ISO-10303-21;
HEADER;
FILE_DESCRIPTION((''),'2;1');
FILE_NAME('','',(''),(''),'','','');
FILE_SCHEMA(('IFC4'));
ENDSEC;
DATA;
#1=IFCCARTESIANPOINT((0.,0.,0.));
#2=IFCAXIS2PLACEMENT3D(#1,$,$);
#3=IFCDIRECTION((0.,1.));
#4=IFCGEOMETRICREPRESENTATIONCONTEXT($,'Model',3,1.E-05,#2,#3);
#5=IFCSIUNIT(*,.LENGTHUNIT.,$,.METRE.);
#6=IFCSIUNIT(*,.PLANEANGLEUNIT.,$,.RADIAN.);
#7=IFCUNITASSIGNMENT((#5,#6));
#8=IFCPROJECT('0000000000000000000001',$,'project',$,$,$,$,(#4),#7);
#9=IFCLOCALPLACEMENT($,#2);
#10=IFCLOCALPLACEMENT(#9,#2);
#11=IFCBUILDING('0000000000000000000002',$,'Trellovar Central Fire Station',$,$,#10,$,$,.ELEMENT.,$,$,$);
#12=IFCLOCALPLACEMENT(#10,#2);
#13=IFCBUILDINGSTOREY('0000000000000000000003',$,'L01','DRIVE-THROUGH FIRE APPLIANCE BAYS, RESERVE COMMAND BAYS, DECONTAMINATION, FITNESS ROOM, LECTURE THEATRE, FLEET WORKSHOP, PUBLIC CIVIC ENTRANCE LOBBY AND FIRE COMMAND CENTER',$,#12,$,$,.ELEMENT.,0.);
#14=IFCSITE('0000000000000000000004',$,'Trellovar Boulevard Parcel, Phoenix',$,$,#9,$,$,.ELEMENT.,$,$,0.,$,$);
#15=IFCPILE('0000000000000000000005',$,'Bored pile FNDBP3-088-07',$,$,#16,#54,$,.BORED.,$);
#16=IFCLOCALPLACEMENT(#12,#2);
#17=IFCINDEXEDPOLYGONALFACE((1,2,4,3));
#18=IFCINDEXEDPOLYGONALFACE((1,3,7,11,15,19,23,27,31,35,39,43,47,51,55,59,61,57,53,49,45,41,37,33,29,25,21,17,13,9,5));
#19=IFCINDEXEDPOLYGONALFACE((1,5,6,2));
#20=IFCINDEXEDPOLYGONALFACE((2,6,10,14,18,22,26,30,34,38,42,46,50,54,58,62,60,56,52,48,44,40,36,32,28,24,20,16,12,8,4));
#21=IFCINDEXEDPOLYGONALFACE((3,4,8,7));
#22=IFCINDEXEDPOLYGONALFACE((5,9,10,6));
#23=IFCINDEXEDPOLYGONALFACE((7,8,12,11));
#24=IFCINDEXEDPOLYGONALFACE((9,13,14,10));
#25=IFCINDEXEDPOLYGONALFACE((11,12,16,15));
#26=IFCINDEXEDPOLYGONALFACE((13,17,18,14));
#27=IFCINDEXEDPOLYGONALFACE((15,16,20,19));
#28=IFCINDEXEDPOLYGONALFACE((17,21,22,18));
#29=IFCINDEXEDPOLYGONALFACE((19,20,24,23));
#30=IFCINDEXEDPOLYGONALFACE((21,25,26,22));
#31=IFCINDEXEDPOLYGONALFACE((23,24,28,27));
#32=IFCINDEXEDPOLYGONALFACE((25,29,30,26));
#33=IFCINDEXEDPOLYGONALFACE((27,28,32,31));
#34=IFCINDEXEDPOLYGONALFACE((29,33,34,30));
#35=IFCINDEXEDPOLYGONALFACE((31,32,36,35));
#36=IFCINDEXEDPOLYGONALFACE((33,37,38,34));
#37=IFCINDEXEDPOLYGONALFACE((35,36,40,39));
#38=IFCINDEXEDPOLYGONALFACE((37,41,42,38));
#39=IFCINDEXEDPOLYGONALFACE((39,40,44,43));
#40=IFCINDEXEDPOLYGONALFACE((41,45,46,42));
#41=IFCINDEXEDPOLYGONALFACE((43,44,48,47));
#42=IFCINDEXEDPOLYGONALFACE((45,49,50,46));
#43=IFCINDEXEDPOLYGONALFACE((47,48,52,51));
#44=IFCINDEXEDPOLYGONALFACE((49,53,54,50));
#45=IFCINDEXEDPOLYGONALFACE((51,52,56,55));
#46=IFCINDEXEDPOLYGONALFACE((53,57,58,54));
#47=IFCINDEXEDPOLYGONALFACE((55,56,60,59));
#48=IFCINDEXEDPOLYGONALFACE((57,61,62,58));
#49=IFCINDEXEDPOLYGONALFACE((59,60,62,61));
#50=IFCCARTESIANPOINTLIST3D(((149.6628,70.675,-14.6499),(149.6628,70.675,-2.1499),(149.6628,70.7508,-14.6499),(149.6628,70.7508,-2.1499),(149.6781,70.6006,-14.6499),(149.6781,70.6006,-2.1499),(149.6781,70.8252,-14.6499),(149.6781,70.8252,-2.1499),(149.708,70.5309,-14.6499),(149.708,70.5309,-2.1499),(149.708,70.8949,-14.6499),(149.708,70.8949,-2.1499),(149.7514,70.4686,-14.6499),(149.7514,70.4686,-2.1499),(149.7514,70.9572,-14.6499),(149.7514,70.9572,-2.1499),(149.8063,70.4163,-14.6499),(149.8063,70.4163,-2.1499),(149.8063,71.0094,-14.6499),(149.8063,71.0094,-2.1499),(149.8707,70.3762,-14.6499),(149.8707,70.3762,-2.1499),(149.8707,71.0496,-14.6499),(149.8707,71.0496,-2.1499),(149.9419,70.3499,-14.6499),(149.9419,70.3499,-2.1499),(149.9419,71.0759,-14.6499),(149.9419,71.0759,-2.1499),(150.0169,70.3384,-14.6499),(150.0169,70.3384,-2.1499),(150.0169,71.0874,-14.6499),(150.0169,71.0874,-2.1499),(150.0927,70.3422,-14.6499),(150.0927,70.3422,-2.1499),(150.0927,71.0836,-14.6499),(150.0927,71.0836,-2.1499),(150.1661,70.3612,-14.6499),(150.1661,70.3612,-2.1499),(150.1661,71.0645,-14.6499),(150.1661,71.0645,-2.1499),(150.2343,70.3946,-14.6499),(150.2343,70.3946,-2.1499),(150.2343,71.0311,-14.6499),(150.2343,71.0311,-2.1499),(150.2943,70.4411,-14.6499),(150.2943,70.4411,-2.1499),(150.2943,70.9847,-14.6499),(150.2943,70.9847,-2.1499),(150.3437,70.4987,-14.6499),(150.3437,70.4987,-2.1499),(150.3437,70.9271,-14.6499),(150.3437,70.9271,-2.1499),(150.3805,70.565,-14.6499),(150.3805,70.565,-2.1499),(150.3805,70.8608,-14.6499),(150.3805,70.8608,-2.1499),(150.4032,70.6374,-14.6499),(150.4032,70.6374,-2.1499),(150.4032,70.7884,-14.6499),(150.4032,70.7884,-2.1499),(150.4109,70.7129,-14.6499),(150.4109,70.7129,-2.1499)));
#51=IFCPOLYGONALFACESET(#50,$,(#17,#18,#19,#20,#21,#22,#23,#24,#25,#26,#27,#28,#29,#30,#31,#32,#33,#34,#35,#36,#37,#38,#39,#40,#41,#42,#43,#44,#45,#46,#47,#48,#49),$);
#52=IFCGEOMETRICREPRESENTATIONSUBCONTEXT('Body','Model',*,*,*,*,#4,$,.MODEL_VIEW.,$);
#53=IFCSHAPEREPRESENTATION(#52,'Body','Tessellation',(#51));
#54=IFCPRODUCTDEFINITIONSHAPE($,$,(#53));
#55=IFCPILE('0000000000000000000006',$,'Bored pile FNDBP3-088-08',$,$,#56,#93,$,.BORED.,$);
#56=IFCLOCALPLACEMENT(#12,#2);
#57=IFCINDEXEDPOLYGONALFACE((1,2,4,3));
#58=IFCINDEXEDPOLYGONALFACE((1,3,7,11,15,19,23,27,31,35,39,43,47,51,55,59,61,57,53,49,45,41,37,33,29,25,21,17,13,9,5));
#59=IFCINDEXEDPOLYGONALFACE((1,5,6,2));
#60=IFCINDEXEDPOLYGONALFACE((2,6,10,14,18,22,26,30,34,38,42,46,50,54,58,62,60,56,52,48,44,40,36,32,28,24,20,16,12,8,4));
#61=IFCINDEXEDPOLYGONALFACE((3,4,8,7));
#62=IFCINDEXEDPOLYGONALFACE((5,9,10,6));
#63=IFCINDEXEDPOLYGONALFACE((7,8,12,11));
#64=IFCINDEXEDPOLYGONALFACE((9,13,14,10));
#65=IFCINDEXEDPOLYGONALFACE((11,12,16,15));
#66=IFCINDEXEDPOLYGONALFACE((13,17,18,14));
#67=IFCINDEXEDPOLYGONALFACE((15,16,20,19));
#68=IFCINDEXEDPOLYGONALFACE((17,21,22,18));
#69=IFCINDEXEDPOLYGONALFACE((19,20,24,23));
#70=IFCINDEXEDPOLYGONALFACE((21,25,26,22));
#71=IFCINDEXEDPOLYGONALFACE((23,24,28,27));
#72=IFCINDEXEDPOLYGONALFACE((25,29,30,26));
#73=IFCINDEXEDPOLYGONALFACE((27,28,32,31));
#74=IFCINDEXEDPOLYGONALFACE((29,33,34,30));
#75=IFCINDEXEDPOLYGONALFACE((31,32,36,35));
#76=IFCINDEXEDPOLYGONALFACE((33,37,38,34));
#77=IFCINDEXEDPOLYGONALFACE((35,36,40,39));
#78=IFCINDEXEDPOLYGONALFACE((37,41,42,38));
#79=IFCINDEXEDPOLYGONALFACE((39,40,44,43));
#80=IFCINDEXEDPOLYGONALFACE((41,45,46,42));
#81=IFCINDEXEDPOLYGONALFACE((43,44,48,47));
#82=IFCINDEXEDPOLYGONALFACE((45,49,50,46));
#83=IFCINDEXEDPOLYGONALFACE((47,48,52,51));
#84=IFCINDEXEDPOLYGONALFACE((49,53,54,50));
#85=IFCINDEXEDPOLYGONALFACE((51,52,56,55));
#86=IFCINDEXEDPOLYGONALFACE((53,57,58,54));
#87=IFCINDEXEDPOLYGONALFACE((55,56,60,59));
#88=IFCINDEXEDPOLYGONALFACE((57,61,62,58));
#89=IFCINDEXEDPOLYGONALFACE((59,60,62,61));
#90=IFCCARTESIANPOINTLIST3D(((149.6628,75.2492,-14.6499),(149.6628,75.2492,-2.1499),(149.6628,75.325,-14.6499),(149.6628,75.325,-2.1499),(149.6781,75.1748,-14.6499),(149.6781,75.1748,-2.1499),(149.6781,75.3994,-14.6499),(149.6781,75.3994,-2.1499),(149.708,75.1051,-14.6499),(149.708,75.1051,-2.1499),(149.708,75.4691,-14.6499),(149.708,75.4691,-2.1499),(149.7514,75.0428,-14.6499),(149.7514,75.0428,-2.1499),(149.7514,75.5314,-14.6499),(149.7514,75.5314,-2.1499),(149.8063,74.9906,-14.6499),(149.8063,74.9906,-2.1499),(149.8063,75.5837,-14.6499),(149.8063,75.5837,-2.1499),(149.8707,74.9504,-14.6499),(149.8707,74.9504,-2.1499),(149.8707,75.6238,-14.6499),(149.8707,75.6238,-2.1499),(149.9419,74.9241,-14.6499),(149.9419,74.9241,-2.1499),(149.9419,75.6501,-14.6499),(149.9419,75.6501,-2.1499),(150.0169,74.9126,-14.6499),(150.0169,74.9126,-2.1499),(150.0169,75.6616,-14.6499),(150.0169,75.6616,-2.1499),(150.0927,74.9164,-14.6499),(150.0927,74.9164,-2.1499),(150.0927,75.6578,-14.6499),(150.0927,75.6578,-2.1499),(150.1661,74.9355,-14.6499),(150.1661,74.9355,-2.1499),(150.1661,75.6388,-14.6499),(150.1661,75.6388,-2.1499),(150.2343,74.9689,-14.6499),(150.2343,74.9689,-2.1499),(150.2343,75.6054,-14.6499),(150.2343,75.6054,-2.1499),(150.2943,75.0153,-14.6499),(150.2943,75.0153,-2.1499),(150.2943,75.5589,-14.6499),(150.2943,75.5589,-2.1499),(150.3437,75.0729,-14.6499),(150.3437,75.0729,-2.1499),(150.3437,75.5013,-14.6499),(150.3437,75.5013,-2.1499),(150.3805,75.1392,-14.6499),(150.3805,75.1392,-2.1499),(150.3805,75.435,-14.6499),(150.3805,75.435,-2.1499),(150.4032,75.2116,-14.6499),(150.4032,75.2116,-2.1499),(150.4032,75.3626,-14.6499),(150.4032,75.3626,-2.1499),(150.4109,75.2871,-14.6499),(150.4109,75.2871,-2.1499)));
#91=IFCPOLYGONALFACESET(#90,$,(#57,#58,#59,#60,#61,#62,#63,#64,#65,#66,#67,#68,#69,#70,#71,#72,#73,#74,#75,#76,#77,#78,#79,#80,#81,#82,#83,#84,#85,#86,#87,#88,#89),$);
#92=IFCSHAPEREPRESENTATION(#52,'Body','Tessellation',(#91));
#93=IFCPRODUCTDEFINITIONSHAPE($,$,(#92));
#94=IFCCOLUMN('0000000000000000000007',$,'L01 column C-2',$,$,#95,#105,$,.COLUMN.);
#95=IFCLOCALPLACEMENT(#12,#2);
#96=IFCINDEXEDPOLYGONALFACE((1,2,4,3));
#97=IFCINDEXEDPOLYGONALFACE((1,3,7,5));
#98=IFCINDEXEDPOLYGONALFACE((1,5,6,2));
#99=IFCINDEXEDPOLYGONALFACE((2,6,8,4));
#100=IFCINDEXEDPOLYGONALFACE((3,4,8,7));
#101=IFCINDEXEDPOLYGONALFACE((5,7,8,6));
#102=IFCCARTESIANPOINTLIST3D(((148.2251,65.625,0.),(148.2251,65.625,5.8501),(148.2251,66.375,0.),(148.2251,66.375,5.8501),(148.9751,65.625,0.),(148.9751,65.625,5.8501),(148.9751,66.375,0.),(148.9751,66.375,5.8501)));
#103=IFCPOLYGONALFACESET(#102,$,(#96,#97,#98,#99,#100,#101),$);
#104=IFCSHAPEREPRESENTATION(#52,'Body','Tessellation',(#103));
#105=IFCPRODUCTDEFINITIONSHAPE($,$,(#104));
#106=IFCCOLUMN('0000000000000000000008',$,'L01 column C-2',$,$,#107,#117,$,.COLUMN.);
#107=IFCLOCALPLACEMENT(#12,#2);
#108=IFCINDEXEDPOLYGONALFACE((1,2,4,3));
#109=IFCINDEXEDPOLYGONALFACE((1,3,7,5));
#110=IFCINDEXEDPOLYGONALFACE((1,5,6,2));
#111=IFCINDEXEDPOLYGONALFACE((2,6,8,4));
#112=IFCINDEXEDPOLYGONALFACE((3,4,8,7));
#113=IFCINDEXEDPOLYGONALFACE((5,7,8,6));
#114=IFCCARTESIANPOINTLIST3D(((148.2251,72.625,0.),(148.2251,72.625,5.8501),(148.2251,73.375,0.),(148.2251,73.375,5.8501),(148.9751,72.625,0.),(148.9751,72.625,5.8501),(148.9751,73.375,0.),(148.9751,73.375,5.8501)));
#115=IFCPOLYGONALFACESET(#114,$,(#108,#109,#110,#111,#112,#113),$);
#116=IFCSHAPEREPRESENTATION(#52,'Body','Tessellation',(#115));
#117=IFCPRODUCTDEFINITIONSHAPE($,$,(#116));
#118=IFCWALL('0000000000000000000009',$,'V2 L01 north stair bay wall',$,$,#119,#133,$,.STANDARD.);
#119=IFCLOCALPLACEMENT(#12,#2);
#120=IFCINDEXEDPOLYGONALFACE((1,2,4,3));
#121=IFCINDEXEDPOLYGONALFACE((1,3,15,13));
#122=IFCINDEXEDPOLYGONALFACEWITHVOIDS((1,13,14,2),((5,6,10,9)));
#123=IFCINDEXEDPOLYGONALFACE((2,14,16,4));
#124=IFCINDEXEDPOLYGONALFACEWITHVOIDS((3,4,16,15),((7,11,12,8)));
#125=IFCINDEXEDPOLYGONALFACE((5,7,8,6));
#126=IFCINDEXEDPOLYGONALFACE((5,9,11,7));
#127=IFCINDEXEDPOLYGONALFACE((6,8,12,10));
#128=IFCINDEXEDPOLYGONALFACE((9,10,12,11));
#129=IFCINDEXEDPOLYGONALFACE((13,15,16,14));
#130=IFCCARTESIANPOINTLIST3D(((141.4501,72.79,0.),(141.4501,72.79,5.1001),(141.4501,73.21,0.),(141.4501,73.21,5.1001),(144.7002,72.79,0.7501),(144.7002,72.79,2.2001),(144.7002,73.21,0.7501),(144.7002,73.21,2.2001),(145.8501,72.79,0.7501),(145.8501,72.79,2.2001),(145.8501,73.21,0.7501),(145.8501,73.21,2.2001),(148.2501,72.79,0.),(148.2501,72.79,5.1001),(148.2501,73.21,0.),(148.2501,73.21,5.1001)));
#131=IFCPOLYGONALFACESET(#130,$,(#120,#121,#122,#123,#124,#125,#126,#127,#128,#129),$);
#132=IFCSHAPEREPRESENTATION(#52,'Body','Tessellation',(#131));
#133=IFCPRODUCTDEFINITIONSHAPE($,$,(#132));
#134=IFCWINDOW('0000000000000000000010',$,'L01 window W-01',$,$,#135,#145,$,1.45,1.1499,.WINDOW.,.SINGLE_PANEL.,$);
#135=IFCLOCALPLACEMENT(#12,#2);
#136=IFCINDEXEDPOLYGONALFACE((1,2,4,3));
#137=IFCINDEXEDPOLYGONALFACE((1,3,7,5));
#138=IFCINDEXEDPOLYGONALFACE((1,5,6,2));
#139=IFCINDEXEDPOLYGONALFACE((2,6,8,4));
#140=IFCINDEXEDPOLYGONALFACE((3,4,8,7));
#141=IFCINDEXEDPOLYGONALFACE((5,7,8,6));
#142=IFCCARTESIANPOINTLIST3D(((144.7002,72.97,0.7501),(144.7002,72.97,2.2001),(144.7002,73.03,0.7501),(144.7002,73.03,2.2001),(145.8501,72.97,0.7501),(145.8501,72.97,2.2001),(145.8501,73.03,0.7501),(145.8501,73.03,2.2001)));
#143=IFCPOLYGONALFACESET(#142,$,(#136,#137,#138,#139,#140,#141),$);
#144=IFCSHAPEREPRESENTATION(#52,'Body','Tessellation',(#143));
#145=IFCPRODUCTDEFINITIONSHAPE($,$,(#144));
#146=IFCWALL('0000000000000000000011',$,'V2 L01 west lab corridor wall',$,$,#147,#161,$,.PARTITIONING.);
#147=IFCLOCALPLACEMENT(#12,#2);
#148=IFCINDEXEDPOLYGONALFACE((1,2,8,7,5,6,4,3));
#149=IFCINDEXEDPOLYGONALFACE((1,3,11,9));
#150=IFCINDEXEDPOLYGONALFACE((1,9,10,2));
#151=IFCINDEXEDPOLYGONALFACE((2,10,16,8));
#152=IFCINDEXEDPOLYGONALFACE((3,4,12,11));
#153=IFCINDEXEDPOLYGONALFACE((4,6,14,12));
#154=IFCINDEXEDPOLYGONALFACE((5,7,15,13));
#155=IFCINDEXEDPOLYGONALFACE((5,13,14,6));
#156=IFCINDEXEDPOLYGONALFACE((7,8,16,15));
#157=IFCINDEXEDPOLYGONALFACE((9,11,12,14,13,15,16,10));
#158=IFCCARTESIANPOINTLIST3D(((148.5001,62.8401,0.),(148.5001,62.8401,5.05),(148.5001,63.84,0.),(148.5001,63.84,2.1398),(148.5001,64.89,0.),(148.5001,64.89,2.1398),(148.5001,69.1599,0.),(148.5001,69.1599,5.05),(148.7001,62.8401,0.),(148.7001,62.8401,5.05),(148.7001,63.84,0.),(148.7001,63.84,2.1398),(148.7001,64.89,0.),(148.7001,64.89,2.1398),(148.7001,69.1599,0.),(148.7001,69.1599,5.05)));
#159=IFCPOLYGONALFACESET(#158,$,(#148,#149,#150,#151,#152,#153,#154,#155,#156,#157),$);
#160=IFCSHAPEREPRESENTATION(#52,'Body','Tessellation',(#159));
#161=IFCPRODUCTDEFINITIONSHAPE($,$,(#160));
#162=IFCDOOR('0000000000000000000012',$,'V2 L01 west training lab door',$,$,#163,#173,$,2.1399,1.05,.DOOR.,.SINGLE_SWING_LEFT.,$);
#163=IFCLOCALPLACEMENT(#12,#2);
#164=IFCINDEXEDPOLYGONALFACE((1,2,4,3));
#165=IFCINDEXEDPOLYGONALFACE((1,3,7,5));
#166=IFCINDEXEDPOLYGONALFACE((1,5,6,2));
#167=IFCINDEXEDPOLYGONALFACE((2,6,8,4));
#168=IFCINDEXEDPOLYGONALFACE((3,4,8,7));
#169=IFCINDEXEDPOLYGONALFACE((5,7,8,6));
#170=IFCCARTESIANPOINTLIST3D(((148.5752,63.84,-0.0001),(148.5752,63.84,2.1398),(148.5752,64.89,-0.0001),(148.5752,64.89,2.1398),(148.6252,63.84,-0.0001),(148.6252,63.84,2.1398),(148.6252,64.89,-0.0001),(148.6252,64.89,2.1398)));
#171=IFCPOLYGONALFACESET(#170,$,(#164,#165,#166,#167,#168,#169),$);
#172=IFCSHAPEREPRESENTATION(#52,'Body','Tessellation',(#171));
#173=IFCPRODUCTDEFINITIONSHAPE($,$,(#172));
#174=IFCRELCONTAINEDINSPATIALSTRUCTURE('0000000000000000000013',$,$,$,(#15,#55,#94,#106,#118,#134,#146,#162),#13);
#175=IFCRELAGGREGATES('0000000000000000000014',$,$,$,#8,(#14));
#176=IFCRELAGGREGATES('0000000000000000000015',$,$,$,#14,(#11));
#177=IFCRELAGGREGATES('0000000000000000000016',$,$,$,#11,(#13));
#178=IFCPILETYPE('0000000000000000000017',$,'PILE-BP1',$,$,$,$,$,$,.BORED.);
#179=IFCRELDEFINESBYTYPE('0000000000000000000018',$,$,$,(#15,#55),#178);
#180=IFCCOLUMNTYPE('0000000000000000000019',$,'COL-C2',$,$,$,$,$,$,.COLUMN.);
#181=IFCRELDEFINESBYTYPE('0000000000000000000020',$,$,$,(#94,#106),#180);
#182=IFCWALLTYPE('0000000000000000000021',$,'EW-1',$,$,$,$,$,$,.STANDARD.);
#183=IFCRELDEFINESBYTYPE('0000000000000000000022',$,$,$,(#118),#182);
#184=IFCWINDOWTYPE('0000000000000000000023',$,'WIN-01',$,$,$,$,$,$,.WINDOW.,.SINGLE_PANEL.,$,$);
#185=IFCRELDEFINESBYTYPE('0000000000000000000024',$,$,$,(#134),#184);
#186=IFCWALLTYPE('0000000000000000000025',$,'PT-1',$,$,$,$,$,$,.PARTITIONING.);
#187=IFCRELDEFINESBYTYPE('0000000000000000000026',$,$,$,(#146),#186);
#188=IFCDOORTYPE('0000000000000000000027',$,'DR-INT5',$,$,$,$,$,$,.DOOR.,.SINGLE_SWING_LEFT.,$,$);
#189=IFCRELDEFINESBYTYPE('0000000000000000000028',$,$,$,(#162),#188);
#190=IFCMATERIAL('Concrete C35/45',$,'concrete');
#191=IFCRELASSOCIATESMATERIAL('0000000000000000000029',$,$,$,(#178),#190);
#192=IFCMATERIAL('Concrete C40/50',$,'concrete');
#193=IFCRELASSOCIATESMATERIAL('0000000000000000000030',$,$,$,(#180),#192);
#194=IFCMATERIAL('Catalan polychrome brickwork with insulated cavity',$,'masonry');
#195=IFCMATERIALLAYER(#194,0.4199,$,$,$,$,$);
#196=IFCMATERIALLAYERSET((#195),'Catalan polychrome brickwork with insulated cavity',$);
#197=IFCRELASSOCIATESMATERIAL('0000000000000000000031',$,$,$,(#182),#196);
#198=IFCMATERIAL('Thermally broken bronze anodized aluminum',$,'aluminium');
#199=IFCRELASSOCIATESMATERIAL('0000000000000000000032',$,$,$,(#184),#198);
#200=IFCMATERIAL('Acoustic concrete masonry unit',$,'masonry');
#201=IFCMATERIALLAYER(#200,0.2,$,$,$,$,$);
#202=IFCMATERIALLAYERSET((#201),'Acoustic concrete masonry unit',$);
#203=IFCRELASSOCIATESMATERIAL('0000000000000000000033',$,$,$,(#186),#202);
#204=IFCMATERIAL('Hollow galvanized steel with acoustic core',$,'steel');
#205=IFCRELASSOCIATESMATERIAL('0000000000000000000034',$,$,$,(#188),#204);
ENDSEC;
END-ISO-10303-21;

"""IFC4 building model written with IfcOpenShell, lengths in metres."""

from ifc_helpers import new_model, si_unit, direction, frame, frame_2d, origin, origin_2d, place, context, subcontext, project, spatial, rectangle, circle, extrude, material, layer, layer_set, material_profile, profile_set, type_object, element, fill, save


model = new_model("IFC4")

# Units and contexts
model_context = context("Model", 3, precision=1e-05, world=origin(), true_north=direction((0.0, 1.0)))
body_context = subcontext(model_context, "Body", "Model", "MODEL_VIEW")
ifc_project = project(units=[si_unit("LENGTHUNIT", "METRE"), si_unit("PLANEANGLEUNIT", "RADIAN")], contexts=[model_context])

# Site, building, storey
site_placement = place(None, origin())
site = spatial("IfcSite", under=ifc_project, at=site_placement, Name="Trellovar Boulevard Parcel, Phoenix", CompositionType="ELEMENT", RefElevation=0.0)
building_placement = place(site_placement, origin())
building = spatial("IfcBuilding", under=site, at=building_placement, Name="Trellovar Central Fire Station", CompositionType="ELEMENT")
storey_placement = place(building_placement, origin())
storey = spatial("IfcBuildingStorey", under=building, at=storey_placement, Name="L01", Description="DRIVE-THROUGH FIRE APPLIANCE BAYS, RESERVE COMMAND BAYS, DECONTAMINATION, FITNESS ROOM, LECTURE THEATRE, FLEET WORKSHOP, PUBLIC CIVIC ENTRANCE LOBBY AND FIRE COMMAND CENTER", CompositionType="ELEMENT", Elevation=0.0)

# Piles
ifc_material_1 = material(Name="Concrete C35/45", Category="concrete")
ifc_material_profile_1 = material_profile(ifc_material_1, circle(Radius=0.375, at=origin_2d()), Name="PILE750")
ifc_profile_set_1 = profile_set([ifc_material_profile_1], Name="Concrete C35/45")
pile_type = type_object("IfcPileType", Name="PILE-BP1", PredefinedType="BORED", material=ifc_profile_set_1)
for number, where, z_axis, x_axis, name in (
    (1, (150.0359, 70.7129, -2.1499), (0.0, 0.0, -1.0), (1.0, 0.0, 0.0), "Bored pile FNDBP3-088-07"),
    (2, (150.0359, 75.2871, -2.1499), (0.0, 0.0, -1.0), (1.0, 0.0, 0.0), "Bored pile FNDBP3-088-08"),
):
    element("IfcPile", number, at=place(storey_placement, frame(where, z_axis=z_axis, x_axis=x_axis)), inside=storey, type_object=pile_type, Name=name, PredefinedType="BORED", context=body_context, shape_type="SweptSolid", body=[
        extrude(circle(Radius=0.375, at=origin_2d()), origin(), (0.0, 0.0, 1.0), 12.5),
    ])

# Columns
ifc_material_2 = material(Name="Concrete C40/50", Category="concrete")
ifc_material_profile_2 = material_profile(ifc_material_2, rectangle(XDim=0.75, YDim=0.75, at=origin_2d()), Name="RC750X750")
ifc_profile_set_2 = profile_set([ifc_material_profile_2], Name="Concrete C40/50")
column_type = type_object("IfcColumnType", Name="COL-C2", PredefinedType="COLUMN", material=ifc_profile_set_2)
for number, where, z_axis, x_axis, name in (
    (3, (148.6001, 66.0, 0.0), (0.0, 0.0, 1.0), (1.0, 0.0, 0.0), "L01 column C-2"),
    (4, (148.6001, 73.0, 0.0), (0.0, 0.0, 1.0), (1.0, 0.0, 0.0), "L01 column C-2"),
):
    element("IfcColumn", number, at=place(storey_placement, frame(where, z_axis=z_axis, x_axis=x_axis)), inside=storey, type_object=column_type, Name=name, PredefinedType="COLUMN", context=body_context, shape_type="SweptSolid", body=[
        extrude(rectangle(XDim=0.75, YDim=0.75, at=origin_2d()), origin(), (0.0, 0.0, 1.0), 5.8501),
    ])

# Wall, opening, window
ifc_material_3 = material(Name="Catalan polychrome brickwork with insulated cavity", Category="masonry")
ifc_layer_1 = layer(ifc_material_3, 0.4199)
ifc_layer_set_1 = layer_set([ifc_layer_1], Name="Catalan polychrome brickwork with insulated cavity")
wall_type_1 = type_object("IfcWallType", Name="EW-1", PredefinedType="STANDARD", material=ifc_layer_set_1)
wall_1_placement = place(storey_placement, frame((148.25, 73.0, 0.0), z_axis=(0.0, 0.0, 1.0), x_axis=(-1.0, 0.0, 0.0)))
wall_1 = element("IfcWall", 5, at=wall_1_placement, inside=storey, type_object=wall_type_1, Name="V2 L01 north stair bay wall", PredefinedType="STANDARD", context=body_context, shape_type="SweptSolid", body=[
    extrude(rectangle(XDim=6.8, YDim=0.4199, at=frame_2d((3.3999, 0.0))), origin(), (0.0, 0.0, 1.0), 5.1001),
])
opening_1_placement = place(wall_1_placement, frame((2.3999, 0.0, 0.75)))
opening_1 = element("IfcOpeningElement", 6, at=opening_1_placement, cuts=wall_1, PredefinedType="OPENING", context=body_context, shape_type="SweptSolid", body=[
    extrude(rectangle(XDim=1.1499, YDim=1.45, at=frame_2d((0.575, 0.7251))), frame((0.0, 0.22, 0.0), z_axis=(0.0, -1.0, 0.0), x_axis=(1.0, 0.0, 0.0)), (0.0, 0.0, 1.0), 0.4399),
])
ifc_material_4 = material(Name="Thermally broken bronze anodized aluminum", Category="aluminium")
window_type = type_object("IfcWindowType", Name="WIN-01", PartitioningType="SINGLE_PANEL", PredefinedType="WINDOW", material=ifc_material_4)
window_placement = place(opening_1_placement, origin())
window = element("IfcWindow", 7, at=window_placement, inside=storey, type_object=window_type, Name="L01 window W-01", OverallHeight=1.45, OverallWidth=1.1499, PartitioningType="SINGLE_PANEL", PredefinedType="WINDOW", context=body_context, shape_type="SweptSolid", body=[
    extrude(rectangle(XDim=1.1499, YDim=1.45, at=frame_2d((0.575, 0.7251))), frame((0.0, 0.03, 0.0), z_axis=(0.0, -1.0, 0.0), x_axis=(1.0, 0.0, 0.0)), (0.0, 0.0, 1.0), 0.0601),
])
fill(opening_1, window)

# Wall, opening, door
ifc_material_5 = material(Name="Acoustic concrete masonry unit", Category="masonry")
ifc_layer_2 = layer(ifc_material_5, 0.2)
ifc_layer_set_2 = layer_set([ifc_layer_2], Name="Acoustic concrete masonry unit")
wall_type_2 = type_object("IfcWallType", Name="PT-1", PredefinedType="PARTITIONING", material=ifc_layer_set_2)
wall_2_placement = place(storey_placement, frame((148.6001, 62.8401, 0.0), z_axis=(0.0, 0.0, 1.0), x_axis=(0.0, 1.0, 0.0)))
wall_2 = element("IfcWall", 8, at=wall_2_placement, inside=storey, type_object=wall_type_2, Name="V2 L01 west lab corridor wall", PredefinedType="PARTITIONING", context=body_context, shape_type="SweptSolid", body=[
    extrude(rectangle(XDim=6.3198, YDim=0.2, at=frame_2d((3.1599, 0.0))), origin(), (0.0, 0.0, 1.0), 5.05),
])
opening_2_placement = place(wall_2_placement, frame((1.0, 0.0, 0.0)))
opening_2 = element("IfcOpeningElement", 9, at=opening_2_placement, cuts=wall_2, PredefinedType="OPENING", context=body_context, shape_type="SweptSolid", body=[
    extrude(rectangle(XDim=1.05, YDim=2.1399, at=frame_2d((0.5249, 1.0698))), frame((0.0, 0.1099, 0.0), z_axis=(0.0, -1.0, 0.0), x_axis=(1.0, 0.0, 0.0)), (0.0, 0.0, 1.0), 0.22),
])
ifc_material_6 = material(Name="Hollow galvanized steel with acoustic core", Category="steel")
door_type_1 = type_object("IfcDoorType", Name="DR-INT5", OperationType="SINGLE_SWING_LEFT", PredefinedType="DOOR", material=ifc_material_6)
door_1_placement = place(opening_2_placement, origin())
door_1 = element("IfcDoor", 10, at=door_1_placement, inside=storey, type_object=door_type_1, Name="V2 L01 west training lab door", OperationType="SINGLE_SWING_LEFT", OverallHeight=2.1399, OverallWidth=1.05, PredefinedType="DOOR", context=body_context, shape_type="SweptSolid", body=[
    extrude(rectangle(XDim=1.05, YDim=2.1399, at=frame_2d((0.5249, 1.0698))), frame((0.0, 0.0249, 0.0), z_axis=(0.0, -1.0, 0.0), x_axis=(1.0, 0.0, 0.0)), (0.0, 0.0, 1.0), 0.05),
])
fill(opening_2, door_1)

save(model, "model.ifc")
